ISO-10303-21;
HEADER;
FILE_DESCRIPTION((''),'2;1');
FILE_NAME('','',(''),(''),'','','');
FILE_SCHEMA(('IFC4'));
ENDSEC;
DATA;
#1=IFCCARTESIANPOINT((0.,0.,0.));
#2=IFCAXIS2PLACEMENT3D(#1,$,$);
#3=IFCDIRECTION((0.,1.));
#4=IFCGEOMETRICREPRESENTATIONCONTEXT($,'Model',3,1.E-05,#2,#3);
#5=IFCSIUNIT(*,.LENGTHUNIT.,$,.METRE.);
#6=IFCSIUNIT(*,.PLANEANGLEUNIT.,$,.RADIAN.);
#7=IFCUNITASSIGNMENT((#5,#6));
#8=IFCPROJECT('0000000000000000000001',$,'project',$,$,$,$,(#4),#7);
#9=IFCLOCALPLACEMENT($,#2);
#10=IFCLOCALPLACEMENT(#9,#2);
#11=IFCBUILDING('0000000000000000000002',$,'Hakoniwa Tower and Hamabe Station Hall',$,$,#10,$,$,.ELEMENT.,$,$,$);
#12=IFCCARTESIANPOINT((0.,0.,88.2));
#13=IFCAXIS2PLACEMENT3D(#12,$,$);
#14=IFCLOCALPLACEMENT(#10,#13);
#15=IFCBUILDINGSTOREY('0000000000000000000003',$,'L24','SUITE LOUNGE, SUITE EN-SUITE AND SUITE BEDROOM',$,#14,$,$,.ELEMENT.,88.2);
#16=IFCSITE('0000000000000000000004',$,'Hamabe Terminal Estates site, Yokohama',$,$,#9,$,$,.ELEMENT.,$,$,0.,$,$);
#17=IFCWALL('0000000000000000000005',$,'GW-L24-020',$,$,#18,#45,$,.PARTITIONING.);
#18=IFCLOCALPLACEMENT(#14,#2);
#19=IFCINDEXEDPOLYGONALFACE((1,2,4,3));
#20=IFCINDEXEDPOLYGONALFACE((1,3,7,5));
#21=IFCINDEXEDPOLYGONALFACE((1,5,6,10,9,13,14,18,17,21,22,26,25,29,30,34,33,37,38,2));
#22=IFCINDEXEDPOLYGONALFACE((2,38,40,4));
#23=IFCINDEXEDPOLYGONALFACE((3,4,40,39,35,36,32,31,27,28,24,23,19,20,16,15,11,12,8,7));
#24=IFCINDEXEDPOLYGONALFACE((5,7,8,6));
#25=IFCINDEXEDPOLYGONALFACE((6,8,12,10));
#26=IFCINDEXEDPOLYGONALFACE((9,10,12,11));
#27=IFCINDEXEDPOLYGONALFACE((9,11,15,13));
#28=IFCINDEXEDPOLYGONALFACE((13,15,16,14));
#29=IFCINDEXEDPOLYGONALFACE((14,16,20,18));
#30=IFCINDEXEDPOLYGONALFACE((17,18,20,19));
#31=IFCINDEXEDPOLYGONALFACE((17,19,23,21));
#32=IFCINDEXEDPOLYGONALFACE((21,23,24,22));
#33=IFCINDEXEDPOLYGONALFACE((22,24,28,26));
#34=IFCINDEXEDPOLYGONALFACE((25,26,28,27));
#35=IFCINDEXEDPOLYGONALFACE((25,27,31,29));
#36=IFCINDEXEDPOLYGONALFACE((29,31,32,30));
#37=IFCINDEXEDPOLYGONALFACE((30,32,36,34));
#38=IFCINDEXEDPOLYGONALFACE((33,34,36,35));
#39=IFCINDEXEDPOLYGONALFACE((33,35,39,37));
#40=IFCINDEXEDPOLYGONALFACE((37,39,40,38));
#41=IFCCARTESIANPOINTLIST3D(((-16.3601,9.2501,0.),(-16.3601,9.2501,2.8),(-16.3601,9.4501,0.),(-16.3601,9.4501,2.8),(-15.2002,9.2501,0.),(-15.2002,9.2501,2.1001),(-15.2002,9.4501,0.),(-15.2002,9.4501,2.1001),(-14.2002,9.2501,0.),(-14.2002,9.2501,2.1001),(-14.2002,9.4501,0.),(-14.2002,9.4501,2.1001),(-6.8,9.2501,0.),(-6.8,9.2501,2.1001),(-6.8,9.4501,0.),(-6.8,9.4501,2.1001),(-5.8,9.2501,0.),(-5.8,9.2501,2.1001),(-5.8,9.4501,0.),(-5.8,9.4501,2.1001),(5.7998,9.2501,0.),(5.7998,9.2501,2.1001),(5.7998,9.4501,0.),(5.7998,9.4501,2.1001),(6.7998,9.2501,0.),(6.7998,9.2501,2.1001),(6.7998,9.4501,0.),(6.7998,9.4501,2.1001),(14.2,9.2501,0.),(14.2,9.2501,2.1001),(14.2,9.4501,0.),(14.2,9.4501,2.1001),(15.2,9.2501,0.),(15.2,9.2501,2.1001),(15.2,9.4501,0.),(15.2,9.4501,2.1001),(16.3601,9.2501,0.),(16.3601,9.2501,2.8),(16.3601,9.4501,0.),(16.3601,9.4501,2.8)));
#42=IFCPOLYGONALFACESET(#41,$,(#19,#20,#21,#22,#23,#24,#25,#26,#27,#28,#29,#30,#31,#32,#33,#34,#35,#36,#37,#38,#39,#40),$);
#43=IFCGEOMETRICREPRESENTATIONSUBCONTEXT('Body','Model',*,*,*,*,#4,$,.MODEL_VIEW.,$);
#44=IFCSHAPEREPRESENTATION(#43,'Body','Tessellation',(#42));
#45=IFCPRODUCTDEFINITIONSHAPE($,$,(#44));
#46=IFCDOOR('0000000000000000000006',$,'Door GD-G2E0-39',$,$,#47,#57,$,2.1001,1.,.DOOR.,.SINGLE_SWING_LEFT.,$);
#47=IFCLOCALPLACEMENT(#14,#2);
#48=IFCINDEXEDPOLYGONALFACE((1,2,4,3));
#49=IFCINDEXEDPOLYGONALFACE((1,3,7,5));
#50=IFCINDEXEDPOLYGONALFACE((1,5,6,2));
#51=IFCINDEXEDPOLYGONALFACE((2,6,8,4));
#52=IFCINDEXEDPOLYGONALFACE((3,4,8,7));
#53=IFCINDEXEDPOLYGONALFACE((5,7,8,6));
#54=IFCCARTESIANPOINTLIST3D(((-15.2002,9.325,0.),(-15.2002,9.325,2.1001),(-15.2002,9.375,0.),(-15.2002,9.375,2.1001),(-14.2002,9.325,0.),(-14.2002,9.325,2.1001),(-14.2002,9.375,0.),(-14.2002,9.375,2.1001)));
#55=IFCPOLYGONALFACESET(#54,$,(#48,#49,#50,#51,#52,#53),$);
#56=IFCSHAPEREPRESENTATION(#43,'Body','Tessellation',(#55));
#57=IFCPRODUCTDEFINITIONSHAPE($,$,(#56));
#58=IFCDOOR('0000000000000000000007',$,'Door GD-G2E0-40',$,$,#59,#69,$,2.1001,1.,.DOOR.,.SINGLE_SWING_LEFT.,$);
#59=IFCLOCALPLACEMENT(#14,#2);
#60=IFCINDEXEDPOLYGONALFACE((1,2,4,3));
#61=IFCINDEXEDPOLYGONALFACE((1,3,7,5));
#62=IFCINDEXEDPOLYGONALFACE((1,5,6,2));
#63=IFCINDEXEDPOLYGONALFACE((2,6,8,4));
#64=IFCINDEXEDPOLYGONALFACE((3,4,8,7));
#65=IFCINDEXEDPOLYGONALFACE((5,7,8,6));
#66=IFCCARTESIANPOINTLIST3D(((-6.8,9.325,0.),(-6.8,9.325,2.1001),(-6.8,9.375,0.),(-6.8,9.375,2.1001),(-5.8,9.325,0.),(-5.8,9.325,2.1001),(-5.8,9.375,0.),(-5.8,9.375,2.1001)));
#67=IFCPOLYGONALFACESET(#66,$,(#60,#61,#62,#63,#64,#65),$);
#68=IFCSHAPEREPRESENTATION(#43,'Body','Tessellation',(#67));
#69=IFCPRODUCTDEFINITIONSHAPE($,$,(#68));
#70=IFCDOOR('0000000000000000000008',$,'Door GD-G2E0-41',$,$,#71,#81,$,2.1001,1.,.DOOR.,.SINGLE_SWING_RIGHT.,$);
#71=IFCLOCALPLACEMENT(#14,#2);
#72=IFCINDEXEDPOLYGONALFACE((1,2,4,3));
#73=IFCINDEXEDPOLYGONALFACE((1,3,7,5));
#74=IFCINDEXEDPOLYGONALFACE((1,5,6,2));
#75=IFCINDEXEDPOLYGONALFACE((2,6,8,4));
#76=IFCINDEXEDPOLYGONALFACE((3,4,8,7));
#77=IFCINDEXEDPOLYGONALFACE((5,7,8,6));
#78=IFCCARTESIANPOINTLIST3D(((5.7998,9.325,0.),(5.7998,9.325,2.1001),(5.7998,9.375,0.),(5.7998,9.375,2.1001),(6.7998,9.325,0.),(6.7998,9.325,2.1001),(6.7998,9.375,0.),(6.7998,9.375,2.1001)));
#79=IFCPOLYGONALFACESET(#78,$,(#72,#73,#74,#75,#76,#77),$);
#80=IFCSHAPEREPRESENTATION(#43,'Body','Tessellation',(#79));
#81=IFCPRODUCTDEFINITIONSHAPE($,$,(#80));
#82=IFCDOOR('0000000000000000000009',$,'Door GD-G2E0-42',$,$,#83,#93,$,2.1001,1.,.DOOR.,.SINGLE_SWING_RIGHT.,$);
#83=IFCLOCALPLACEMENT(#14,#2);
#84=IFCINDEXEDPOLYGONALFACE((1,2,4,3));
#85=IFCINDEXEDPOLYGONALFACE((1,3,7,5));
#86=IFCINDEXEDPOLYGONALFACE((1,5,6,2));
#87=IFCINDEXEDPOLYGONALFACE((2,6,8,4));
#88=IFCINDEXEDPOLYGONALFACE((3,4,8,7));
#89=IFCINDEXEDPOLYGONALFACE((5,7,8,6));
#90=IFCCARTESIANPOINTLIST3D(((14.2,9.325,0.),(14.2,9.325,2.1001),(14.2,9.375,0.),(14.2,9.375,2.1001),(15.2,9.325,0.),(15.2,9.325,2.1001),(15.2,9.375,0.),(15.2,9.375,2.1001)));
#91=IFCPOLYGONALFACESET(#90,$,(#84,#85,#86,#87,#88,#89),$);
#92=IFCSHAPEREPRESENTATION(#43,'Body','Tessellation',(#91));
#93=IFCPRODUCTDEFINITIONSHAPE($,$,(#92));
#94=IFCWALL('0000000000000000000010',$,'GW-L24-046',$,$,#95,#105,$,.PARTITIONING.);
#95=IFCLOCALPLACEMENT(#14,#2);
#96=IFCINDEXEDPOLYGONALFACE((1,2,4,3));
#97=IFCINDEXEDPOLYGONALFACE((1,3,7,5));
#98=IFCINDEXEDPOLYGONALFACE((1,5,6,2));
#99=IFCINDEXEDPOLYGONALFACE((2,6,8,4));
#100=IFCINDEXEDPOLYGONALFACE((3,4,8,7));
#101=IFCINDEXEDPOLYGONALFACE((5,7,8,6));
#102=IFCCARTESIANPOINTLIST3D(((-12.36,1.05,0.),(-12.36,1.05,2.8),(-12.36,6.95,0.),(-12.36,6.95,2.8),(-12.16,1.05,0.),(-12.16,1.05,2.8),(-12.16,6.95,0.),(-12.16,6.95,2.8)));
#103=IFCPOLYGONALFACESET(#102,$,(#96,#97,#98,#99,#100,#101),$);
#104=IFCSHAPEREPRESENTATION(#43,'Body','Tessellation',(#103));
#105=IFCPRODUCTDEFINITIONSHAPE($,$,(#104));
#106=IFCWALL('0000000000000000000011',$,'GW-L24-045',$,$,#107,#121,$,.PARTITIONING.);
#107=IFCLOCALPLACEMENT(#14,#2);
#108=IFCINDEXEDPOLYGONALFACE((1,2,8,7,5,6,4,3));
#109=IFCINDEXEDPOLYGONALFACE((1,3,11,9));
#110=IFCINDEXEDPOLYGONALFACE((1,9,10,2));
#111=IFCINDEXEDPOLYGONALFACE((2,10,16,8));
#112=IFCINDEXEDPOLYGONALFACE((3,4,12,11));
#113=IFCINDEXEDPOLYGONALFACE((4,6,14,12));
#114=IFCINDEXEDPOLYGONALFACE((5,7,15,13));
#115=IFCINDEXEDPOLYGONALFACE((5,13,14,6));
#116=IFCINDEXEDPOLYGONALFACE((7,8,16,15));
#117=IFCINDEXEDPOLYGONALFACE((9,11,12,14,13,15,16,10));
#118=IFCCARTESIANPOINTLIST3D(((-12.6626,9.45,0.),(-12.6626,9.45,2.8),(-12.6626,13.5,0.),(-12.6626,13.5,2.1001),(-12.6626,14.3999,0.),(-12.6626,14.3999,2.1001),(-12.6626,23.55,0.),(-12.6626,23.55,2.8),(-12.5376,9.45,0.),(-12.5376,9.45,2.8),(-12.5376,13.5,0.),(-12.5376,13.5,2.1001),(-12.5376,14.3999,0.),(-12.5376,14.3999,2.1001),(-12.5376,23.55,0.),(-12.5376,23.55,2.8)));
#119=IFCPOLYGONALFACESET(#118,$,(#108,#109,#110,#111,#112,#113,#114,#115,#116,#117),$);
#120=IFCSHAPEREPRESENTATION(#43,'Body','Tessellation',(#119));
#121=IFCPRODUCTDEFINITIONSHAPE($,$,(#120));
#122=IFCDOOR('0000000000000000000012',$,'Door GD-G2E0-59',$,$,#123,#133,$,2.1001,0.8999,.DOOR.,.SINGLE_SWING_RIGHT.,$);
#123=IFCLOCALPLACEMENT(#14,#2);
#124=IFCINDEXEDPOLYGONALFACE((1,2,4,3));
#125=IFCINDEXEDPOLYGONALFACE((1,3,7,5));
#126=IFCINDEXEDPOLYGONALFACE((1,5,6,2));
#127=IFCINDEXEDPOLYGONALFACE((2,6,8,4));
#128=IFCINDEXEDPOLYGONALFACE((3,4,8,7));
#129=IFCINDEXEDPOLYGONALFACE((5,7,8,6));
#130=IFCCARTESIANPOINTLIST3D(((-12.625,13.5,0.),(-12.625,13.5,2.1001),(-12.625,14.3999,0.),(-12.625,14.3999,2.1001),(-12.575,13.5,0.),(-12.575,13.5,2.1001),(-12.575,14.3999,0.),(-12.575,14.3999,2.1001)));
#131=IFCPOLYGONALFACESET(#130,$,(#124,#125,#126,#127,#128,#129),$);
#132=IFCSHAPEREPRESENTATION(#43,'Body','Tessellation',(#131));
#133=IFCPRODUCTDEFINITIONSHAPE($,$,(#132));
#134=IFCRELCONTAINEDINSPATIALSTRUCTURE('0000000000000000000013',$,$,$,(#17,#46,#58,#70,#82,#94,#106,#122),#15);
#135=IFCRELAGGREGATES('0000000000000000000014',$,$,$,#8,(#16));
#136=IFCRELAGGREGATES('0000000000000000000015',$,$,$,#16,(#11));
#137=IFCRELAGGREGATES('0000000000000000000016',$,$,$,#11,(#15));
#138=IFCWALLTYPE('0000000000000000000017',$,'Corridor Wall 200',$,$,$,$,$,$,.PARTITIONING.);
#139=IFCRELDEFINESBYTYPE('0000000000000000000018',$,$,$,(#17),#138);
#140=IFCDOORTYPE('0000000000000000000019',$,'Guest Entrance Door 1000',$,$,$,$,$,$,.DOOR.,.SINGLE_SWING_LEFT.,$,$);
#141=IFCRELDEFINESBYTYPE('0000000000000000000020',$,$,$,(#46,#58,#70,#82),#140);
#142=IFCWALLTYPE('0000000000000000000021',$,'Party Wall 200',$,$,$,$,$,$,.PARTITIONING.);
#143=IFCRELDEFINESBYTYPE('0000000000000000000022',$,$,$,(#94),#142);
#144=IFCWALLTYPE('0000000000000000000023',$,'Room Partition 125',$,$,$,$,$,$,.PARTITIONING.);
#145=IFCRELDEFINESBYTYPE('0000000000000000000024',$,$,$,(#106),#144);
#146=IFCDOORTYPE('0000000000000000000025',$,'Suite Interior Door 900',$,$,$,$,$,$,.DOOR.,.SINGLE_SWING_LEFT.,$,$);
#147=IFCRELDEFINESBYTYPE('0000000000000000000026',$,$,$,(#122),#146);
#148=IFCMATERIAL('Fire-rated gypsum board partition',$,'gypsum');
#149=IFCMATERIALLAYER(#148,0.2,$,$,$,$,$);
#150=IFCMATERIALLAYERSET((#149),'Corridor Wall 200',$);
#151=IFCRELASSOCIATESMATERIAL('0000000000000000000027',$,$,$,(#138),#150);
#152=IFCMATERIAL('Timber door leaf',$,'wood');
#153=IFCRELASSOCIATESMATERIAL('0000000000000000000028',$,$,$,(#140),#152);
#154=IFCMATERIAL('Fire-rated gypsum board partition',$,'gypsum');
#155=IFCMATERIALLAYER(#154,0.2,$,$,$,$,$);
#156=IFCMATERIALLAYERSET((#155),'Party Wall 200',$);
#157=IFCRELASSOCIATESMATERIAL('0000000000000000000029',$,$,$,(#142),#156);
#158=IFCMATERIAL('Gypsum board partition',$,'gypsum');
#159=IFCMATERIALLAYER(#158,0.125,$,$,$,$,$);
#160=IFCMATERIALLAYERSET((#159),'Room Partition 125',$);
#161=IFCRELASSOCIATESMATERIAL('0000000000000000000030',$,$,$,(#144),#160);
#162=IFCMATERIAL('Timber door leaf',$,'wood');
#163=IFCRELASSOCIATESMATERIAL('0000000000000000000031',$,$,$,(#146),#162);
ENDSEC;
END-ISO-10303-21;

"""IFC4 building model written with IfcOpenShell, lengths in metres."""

from ifc_helpers import new_model, si_unit, direction, frame, frame_2d, origin, place, context, subcontext, project, spatial, rectangle, extrude, material, layer, layer_set, type_object, element, fill, save


model = new_model("IFC4")

# Units and contexts
model_context = context("Model", 3, precision=1e-05, world=origin(), true_north=direction((0.0, 1.0)))
body_context = subcontext(model_context, "Body", "Model", "MODEL_VIEW")
ifc_project = project(units=[si_unit("LENGTHUNIT", "METRE"), si_unit("PLANEANGLEUNIT", "RADIAN")], contexts=[model_context])

# Site, building, storey
site_placement = place(None, origin())
site = spatial("IfcSite", under=ifc_project, at=site_placement, Name="Hamabe Terminal Estates site, Yokohama", CompositionType="ELEMENT", RefElevation=0.0)
building_placement = place(site_placement, origin())
building = spatial("IfcBuilding", under=site, at=building_placement, Name="Hakoniwa Tower and Hamabe Station Hall", CompositionType="ELEMENT")
storey_placement = place(building_placement, frame((0.0, 0.0, 88.2)))
storey = spatial("IfcBuildingStorey", under=building, at=storey_placement, Name="L24", Description="SUITE LOUNGE, SUITE EN-SUITE AND SUITE BEDROOM", CompositionType="ELEMENT", Elevation=88.2)

# Wall, openings, doors
ifc_material_1 = material(Name="Fire-rated gypsum board partition", Category="gypsum")
ifc_layer_1 = layer(ifc_material_1, 0.2)
ifc_layer_set_1 = layer_set([ifc_layer_1], Name="Corridor Wall 200")
wall_type_1 = type_object("IfcWallType", Name="Corridor Wall 200", PredefinedType="PARTITIONING", material=ifc_layer_set_1)
wall_1_placement = place(storey_placement, frame((-16.3601, 9.3501, 0.0), z_axis=(0.0, 0.0, 1.0), x_axis=(1.0, 0.0, 0.0)))
wall_1 = element("IfcWall", 1, at=wall_1_placement, inside=storey, type_object=wall_type_1, Name="GW-L24-020", PredefinedType="PARTITIONING", context=body_context, shape_type="SweptSolid", body=[
    extrude(rectangle(XDim=32.7202, YDim=0.2, at=frame_2d((16.3601, 0.0))), origin(), (0.0, 0.0, 1.0), 2.8),
])
opening_1_placement = place(wall_1_placement, frame((1.1599, 0.0, 0.0)))
opening_1 = element("IfcOpeningElement", 2, at=opening_1_placement, cuts=wall_1, PredefinedType="OPENING", context=body_context, shape_type="SweptSolid", body=[
    extrude(rectangle(XDim=1.0, YDim=2.1001, at=frame_2d((0.5, 1.05))), frame((0.0, 0.1099, 0.0), z_axis=(0.0, -1.0, 0.0), x_axis=(1.0, 0.0, 0.0)), (0.0, 0.0, 1.0), 0.22),
])
opening_2_placement = place(wall_1_placement, frame((9.5601, 0.0, 0.0)))
opening_2 = element("IfcOpeningElement", 3, at=opening_2_placement, cuts=wall_1, PredefinedType="OPENING", context=body_context, shape_type="SweptSolid", body=[
    extrude(rectangle(XDim=1.0, YDim=2.1001, at=frame_2d((0.5, 1.05))), frame((0.0, 0.1099, 0.0), z_axis=(0.0, -1.0, 0.0), x_axis=(1.0, 0.0, 0.0)), (0.0, 0.0, 1.0), 0.22),
])
opening_3_placement = place(wall_1_placement, frame((22.1599, 0.0, 0.0)))
opening_3 = element("IfcOpeningElement", 4, at=opening_3_placement, cuts=wall_1, PredefinedType="OPENING", context=body_context, shape_type="SweptSolid", body=[
    extrude(rectangle(XDim=1.0, YDim=2.1001, at=frame_2d((0.5, 1.05))), frame((0.0, 0.1099, 0.0), z_axis=(0.0, -1.0, 0.0), x_axis=(1.0, 0.0, 0.0)), (0.0, 0.0, 1.0), 0.22),
])
opening_4_placement = place(wall_1_placement, frame((30.5601, 0.0, 0.0)))
opening_4 = element("IfcOpeningElement", 5, at=opening_4_placement, cuts=wall_1, PredefinedType="OPENING", context=body_context, shape_type="SweptSolid", body=[
    extrude(rectangle(XDim=1.0, YDim=2.1001, at=frame_2d((0.5, 1.05))), frame((0.0, 0.1099, 0.0), z_axis=(0.0, -1.0, 0.0), x_axis=(1.0, 0.0, 0.0)), (0.0, 0.0, 1.0), 0.22),
])
ifc_material_2 = material(Name="Timber door leaf", Category="wood")
door_type_1 = type_object("IfcDoorType", Name="Guest Entrance Door 1000", OperationType="SINGLE_SWING_LEFT", PredefinedType="DOOR", material=ifc_material_2)
door_1_placement = place(opening_1_placement, origin())
door_1 = element("IfcDoor", 6, at=door_1_placement, inside=storey, type_object=door_type_1, Name="Door GD-G2E0-39", OperationType="SINGLE_SWING_LEFT", OverallHeight=2.1001, OverallWidth=1.0, PredefinedType="DOOR", context=body_context, shape_type="SweptSolid", body=[
    extrude(rectangle(XDim=1.0, YDim=2.1001, at=frame_2d((0.5, 1.05))), frame((0.0, 0.0249, 0.0), z_axis=(0.0, -1.0, 0.0), x_axis=(1.0, 0.0, 0.0)), (0.0, 0.0, 1.0), 0.05),
])
fill(opening_1, door_1)
door_2_placement = place(opening_2_placement, origin())
door_2 = element("IfcDoor", 7, at=door_2_placement, inside=storey, type_object=door_type_1, Name="Door GD-G2E0-40", OperationType="SINGLE_SWING_LEFT", OverallHeight=2.1001, OverallWidth=1.0, PredefinedType="DOOR", context=body_context, shape_type="SweptSolid", body=[
    extrude(rectangle(XDim=1.0, YDim=2.1001, at=frame_2d((0.5, 1.05))), frame((0.0, 0.0249, 0.0), z_axis=(0.0, -1.0, 0.0), x_axis=(1.0, 0.0, 0.0)), (0.0, 0.0, 1.0), 0.05),
])
fill(opening_2, door_2)
door_3_placement = place(opening_3_placement, origin())
door_3 = element("IfcDoor", 8, at=door_3_placement, inside=storey, type_object=door_type_1, Name="Door GD-G2E0-41", OperationType="SINGLE_SWING_RIGHT", OverallHeight=2.1001, OverallWidth=1.0, PredefinedType="DOOR", context=body_context, shape_type="SweptSolid", body=[
    extrude(rectangle(XDim=1.0, YDim=2.1001, at=frame_2d((0.5, 1.05))), frame((0.0, 0.0249, 0.0), z_axis=(0.0, -1.0, 0.0), x_axis=(1.0, 0.0, 0.0)), (0.0, 0.0, 1.0), 0.05),
])
fill(opening_3, door_3)
door_4_placement = place(opening_4_placement, origin())
door_4 = element("IfcDoor", 9, at=door_4_placement, inside=storey, type_object=door_type_1, Name="Door GD-G2E0-42", OperationType="SINGLE_SWING_RIGHT", OverallHeight=2.1001, OverallWidth=1.0, PredefinedType="DOOR", context=body_context, shape_type="SweptSolid", body=[
    extrude(rectangle(XDim=1.0, YDim=2.1001, at=frame_2d((0.5, 1.05))), frame((0.0, 0.0249, 0.0), z_axis=(0.0, -1.0, 0.0), x_axis=(1.0, 0.0, 0.0)), (0.0, 0.0, 1.0), 0.05),
])
fill(opening_4, door_4)

# Wall
ifc_material_3 = material(Name="Fire-rated gypsum board partition", Category="gypsum")
ifc_layer_2 = layer(ifc_material_3, 0.2)
ifc_layer_set_2 = layer_set([ifc_layer_2], Name="Party Wall 200")
wall_type_2 = type_object("IfcWallType", Name="Party Wall 200", PredefinedType="PARTITIONING", material=ifc_layer_set_2)
wall_2_placement = place(storey_placement, frame((-12.26, 1.05, 0.0), z_axis=(0.0, 0.0, 1.0), x_axis=(0.0, 1.0, 0.0)))
element("IfcWall", 10, at=wall_2_placement, inside=storey, type_object=wall_type_2, Name="GW-L24-046", PredefinedType="PARTITIONING", context=body_context, shape_type="SweptSolid", body=[
    extrude(rectangle(XDim=5.8999, YDim=0.2, at=frame_2d((2.95, 0.0))), origin(), (0.0, 0.0, 1.0), 2.8),
])

# Wall, opening, door
ifc_material_4 = material(Name="Gypsum board partition", Category="gypsum")
ifc_layer_3 = layer(ifc_material_4, 0.125)
ifc_layer_set_3 = layer_set([ifc_layer_3], Name="Room Partition 125")
wall_type_3 = type_object("IfcWallType", Name="Room Partition 125", PredefinedType="PARTITIONING", material=ifc_layer_set_3)
wall_3_placement = place(storey_placement, frame((-12.6001, 9.45, 0.0), z_axis=(0.0, 0.0, 1.0), x_axis=(0.0, 1.0, 0.0)))
wall_3 = element("IfcWall", 11, at=wall_3_placement, inside=storey, type_object=wall_type_3, Name="GW-L24-045", PredefinedType="PARTITIONING", context=body_context, shape_type="SweptSolid", body=[
    extrude(rectangle(XDim=14.1001, YDim=0.125, at=frame_2d((7.05, 0.0))), origin(), (0.0, 0.0, 1.0), 2.8),
])
opening_5_placement = place(wall_3_placement, frame((4.05, 0.0, 0.0)))
opening_5 = element("IfcOpeningElement", 12, at=opening_5_placement, cuts=wall_3, PredefinedType="OPENING", context=body_context, shape_type="SweptSolid", body=[
    extrude(rectangle(XDim=0.8999, YDim=2.1001, at=frame_2d((0.45, 1.05))), frame((0.0, 0.0725, 0.0), z_axis=(0.0, -1.0, 0.0), x_axis=(1.0, 0.0, 0.0)), (0.0, 0.0, 1.0), 0.145),
])
ifc_material_5 = material(Name="Timber door leaf", Category="wood")
door_type_2 = type_object("IfcDoorType", Name="Suite Interior Door 900", OperationType="SINGLE_SWING_LEFT", PredefinedType="DOOR", material=ifc_material_5)
door_5_placement = place(opening_5_placement, origin())
door_5 = element("IfcDoor", 13, at=door_5_placement, inside=storey, type_object=door_type_2, Name="Door GD-G2E0-59", OperationType="SINGLE_SWING_RIGHT", OverallHeight=2.1001, OverallWidth=0.8999, PredefinedType="DOOR", context=body_context, shape_type="SweptSolid", body=[
    extrude(rectangle(XDim=0.8999, YDim=2.1001, at=frame_2d((0.45, 1.05))), frame((0.0, 0.0249, 0.0), z_axis=(0.0, -1.0, 0.0), x_axis=(1.0, 0.0, 0.0)), (0.0, 0.0, 1.0), 0.05),
])
fill(opening_5, door_5)

save(model, "model.ifc")
